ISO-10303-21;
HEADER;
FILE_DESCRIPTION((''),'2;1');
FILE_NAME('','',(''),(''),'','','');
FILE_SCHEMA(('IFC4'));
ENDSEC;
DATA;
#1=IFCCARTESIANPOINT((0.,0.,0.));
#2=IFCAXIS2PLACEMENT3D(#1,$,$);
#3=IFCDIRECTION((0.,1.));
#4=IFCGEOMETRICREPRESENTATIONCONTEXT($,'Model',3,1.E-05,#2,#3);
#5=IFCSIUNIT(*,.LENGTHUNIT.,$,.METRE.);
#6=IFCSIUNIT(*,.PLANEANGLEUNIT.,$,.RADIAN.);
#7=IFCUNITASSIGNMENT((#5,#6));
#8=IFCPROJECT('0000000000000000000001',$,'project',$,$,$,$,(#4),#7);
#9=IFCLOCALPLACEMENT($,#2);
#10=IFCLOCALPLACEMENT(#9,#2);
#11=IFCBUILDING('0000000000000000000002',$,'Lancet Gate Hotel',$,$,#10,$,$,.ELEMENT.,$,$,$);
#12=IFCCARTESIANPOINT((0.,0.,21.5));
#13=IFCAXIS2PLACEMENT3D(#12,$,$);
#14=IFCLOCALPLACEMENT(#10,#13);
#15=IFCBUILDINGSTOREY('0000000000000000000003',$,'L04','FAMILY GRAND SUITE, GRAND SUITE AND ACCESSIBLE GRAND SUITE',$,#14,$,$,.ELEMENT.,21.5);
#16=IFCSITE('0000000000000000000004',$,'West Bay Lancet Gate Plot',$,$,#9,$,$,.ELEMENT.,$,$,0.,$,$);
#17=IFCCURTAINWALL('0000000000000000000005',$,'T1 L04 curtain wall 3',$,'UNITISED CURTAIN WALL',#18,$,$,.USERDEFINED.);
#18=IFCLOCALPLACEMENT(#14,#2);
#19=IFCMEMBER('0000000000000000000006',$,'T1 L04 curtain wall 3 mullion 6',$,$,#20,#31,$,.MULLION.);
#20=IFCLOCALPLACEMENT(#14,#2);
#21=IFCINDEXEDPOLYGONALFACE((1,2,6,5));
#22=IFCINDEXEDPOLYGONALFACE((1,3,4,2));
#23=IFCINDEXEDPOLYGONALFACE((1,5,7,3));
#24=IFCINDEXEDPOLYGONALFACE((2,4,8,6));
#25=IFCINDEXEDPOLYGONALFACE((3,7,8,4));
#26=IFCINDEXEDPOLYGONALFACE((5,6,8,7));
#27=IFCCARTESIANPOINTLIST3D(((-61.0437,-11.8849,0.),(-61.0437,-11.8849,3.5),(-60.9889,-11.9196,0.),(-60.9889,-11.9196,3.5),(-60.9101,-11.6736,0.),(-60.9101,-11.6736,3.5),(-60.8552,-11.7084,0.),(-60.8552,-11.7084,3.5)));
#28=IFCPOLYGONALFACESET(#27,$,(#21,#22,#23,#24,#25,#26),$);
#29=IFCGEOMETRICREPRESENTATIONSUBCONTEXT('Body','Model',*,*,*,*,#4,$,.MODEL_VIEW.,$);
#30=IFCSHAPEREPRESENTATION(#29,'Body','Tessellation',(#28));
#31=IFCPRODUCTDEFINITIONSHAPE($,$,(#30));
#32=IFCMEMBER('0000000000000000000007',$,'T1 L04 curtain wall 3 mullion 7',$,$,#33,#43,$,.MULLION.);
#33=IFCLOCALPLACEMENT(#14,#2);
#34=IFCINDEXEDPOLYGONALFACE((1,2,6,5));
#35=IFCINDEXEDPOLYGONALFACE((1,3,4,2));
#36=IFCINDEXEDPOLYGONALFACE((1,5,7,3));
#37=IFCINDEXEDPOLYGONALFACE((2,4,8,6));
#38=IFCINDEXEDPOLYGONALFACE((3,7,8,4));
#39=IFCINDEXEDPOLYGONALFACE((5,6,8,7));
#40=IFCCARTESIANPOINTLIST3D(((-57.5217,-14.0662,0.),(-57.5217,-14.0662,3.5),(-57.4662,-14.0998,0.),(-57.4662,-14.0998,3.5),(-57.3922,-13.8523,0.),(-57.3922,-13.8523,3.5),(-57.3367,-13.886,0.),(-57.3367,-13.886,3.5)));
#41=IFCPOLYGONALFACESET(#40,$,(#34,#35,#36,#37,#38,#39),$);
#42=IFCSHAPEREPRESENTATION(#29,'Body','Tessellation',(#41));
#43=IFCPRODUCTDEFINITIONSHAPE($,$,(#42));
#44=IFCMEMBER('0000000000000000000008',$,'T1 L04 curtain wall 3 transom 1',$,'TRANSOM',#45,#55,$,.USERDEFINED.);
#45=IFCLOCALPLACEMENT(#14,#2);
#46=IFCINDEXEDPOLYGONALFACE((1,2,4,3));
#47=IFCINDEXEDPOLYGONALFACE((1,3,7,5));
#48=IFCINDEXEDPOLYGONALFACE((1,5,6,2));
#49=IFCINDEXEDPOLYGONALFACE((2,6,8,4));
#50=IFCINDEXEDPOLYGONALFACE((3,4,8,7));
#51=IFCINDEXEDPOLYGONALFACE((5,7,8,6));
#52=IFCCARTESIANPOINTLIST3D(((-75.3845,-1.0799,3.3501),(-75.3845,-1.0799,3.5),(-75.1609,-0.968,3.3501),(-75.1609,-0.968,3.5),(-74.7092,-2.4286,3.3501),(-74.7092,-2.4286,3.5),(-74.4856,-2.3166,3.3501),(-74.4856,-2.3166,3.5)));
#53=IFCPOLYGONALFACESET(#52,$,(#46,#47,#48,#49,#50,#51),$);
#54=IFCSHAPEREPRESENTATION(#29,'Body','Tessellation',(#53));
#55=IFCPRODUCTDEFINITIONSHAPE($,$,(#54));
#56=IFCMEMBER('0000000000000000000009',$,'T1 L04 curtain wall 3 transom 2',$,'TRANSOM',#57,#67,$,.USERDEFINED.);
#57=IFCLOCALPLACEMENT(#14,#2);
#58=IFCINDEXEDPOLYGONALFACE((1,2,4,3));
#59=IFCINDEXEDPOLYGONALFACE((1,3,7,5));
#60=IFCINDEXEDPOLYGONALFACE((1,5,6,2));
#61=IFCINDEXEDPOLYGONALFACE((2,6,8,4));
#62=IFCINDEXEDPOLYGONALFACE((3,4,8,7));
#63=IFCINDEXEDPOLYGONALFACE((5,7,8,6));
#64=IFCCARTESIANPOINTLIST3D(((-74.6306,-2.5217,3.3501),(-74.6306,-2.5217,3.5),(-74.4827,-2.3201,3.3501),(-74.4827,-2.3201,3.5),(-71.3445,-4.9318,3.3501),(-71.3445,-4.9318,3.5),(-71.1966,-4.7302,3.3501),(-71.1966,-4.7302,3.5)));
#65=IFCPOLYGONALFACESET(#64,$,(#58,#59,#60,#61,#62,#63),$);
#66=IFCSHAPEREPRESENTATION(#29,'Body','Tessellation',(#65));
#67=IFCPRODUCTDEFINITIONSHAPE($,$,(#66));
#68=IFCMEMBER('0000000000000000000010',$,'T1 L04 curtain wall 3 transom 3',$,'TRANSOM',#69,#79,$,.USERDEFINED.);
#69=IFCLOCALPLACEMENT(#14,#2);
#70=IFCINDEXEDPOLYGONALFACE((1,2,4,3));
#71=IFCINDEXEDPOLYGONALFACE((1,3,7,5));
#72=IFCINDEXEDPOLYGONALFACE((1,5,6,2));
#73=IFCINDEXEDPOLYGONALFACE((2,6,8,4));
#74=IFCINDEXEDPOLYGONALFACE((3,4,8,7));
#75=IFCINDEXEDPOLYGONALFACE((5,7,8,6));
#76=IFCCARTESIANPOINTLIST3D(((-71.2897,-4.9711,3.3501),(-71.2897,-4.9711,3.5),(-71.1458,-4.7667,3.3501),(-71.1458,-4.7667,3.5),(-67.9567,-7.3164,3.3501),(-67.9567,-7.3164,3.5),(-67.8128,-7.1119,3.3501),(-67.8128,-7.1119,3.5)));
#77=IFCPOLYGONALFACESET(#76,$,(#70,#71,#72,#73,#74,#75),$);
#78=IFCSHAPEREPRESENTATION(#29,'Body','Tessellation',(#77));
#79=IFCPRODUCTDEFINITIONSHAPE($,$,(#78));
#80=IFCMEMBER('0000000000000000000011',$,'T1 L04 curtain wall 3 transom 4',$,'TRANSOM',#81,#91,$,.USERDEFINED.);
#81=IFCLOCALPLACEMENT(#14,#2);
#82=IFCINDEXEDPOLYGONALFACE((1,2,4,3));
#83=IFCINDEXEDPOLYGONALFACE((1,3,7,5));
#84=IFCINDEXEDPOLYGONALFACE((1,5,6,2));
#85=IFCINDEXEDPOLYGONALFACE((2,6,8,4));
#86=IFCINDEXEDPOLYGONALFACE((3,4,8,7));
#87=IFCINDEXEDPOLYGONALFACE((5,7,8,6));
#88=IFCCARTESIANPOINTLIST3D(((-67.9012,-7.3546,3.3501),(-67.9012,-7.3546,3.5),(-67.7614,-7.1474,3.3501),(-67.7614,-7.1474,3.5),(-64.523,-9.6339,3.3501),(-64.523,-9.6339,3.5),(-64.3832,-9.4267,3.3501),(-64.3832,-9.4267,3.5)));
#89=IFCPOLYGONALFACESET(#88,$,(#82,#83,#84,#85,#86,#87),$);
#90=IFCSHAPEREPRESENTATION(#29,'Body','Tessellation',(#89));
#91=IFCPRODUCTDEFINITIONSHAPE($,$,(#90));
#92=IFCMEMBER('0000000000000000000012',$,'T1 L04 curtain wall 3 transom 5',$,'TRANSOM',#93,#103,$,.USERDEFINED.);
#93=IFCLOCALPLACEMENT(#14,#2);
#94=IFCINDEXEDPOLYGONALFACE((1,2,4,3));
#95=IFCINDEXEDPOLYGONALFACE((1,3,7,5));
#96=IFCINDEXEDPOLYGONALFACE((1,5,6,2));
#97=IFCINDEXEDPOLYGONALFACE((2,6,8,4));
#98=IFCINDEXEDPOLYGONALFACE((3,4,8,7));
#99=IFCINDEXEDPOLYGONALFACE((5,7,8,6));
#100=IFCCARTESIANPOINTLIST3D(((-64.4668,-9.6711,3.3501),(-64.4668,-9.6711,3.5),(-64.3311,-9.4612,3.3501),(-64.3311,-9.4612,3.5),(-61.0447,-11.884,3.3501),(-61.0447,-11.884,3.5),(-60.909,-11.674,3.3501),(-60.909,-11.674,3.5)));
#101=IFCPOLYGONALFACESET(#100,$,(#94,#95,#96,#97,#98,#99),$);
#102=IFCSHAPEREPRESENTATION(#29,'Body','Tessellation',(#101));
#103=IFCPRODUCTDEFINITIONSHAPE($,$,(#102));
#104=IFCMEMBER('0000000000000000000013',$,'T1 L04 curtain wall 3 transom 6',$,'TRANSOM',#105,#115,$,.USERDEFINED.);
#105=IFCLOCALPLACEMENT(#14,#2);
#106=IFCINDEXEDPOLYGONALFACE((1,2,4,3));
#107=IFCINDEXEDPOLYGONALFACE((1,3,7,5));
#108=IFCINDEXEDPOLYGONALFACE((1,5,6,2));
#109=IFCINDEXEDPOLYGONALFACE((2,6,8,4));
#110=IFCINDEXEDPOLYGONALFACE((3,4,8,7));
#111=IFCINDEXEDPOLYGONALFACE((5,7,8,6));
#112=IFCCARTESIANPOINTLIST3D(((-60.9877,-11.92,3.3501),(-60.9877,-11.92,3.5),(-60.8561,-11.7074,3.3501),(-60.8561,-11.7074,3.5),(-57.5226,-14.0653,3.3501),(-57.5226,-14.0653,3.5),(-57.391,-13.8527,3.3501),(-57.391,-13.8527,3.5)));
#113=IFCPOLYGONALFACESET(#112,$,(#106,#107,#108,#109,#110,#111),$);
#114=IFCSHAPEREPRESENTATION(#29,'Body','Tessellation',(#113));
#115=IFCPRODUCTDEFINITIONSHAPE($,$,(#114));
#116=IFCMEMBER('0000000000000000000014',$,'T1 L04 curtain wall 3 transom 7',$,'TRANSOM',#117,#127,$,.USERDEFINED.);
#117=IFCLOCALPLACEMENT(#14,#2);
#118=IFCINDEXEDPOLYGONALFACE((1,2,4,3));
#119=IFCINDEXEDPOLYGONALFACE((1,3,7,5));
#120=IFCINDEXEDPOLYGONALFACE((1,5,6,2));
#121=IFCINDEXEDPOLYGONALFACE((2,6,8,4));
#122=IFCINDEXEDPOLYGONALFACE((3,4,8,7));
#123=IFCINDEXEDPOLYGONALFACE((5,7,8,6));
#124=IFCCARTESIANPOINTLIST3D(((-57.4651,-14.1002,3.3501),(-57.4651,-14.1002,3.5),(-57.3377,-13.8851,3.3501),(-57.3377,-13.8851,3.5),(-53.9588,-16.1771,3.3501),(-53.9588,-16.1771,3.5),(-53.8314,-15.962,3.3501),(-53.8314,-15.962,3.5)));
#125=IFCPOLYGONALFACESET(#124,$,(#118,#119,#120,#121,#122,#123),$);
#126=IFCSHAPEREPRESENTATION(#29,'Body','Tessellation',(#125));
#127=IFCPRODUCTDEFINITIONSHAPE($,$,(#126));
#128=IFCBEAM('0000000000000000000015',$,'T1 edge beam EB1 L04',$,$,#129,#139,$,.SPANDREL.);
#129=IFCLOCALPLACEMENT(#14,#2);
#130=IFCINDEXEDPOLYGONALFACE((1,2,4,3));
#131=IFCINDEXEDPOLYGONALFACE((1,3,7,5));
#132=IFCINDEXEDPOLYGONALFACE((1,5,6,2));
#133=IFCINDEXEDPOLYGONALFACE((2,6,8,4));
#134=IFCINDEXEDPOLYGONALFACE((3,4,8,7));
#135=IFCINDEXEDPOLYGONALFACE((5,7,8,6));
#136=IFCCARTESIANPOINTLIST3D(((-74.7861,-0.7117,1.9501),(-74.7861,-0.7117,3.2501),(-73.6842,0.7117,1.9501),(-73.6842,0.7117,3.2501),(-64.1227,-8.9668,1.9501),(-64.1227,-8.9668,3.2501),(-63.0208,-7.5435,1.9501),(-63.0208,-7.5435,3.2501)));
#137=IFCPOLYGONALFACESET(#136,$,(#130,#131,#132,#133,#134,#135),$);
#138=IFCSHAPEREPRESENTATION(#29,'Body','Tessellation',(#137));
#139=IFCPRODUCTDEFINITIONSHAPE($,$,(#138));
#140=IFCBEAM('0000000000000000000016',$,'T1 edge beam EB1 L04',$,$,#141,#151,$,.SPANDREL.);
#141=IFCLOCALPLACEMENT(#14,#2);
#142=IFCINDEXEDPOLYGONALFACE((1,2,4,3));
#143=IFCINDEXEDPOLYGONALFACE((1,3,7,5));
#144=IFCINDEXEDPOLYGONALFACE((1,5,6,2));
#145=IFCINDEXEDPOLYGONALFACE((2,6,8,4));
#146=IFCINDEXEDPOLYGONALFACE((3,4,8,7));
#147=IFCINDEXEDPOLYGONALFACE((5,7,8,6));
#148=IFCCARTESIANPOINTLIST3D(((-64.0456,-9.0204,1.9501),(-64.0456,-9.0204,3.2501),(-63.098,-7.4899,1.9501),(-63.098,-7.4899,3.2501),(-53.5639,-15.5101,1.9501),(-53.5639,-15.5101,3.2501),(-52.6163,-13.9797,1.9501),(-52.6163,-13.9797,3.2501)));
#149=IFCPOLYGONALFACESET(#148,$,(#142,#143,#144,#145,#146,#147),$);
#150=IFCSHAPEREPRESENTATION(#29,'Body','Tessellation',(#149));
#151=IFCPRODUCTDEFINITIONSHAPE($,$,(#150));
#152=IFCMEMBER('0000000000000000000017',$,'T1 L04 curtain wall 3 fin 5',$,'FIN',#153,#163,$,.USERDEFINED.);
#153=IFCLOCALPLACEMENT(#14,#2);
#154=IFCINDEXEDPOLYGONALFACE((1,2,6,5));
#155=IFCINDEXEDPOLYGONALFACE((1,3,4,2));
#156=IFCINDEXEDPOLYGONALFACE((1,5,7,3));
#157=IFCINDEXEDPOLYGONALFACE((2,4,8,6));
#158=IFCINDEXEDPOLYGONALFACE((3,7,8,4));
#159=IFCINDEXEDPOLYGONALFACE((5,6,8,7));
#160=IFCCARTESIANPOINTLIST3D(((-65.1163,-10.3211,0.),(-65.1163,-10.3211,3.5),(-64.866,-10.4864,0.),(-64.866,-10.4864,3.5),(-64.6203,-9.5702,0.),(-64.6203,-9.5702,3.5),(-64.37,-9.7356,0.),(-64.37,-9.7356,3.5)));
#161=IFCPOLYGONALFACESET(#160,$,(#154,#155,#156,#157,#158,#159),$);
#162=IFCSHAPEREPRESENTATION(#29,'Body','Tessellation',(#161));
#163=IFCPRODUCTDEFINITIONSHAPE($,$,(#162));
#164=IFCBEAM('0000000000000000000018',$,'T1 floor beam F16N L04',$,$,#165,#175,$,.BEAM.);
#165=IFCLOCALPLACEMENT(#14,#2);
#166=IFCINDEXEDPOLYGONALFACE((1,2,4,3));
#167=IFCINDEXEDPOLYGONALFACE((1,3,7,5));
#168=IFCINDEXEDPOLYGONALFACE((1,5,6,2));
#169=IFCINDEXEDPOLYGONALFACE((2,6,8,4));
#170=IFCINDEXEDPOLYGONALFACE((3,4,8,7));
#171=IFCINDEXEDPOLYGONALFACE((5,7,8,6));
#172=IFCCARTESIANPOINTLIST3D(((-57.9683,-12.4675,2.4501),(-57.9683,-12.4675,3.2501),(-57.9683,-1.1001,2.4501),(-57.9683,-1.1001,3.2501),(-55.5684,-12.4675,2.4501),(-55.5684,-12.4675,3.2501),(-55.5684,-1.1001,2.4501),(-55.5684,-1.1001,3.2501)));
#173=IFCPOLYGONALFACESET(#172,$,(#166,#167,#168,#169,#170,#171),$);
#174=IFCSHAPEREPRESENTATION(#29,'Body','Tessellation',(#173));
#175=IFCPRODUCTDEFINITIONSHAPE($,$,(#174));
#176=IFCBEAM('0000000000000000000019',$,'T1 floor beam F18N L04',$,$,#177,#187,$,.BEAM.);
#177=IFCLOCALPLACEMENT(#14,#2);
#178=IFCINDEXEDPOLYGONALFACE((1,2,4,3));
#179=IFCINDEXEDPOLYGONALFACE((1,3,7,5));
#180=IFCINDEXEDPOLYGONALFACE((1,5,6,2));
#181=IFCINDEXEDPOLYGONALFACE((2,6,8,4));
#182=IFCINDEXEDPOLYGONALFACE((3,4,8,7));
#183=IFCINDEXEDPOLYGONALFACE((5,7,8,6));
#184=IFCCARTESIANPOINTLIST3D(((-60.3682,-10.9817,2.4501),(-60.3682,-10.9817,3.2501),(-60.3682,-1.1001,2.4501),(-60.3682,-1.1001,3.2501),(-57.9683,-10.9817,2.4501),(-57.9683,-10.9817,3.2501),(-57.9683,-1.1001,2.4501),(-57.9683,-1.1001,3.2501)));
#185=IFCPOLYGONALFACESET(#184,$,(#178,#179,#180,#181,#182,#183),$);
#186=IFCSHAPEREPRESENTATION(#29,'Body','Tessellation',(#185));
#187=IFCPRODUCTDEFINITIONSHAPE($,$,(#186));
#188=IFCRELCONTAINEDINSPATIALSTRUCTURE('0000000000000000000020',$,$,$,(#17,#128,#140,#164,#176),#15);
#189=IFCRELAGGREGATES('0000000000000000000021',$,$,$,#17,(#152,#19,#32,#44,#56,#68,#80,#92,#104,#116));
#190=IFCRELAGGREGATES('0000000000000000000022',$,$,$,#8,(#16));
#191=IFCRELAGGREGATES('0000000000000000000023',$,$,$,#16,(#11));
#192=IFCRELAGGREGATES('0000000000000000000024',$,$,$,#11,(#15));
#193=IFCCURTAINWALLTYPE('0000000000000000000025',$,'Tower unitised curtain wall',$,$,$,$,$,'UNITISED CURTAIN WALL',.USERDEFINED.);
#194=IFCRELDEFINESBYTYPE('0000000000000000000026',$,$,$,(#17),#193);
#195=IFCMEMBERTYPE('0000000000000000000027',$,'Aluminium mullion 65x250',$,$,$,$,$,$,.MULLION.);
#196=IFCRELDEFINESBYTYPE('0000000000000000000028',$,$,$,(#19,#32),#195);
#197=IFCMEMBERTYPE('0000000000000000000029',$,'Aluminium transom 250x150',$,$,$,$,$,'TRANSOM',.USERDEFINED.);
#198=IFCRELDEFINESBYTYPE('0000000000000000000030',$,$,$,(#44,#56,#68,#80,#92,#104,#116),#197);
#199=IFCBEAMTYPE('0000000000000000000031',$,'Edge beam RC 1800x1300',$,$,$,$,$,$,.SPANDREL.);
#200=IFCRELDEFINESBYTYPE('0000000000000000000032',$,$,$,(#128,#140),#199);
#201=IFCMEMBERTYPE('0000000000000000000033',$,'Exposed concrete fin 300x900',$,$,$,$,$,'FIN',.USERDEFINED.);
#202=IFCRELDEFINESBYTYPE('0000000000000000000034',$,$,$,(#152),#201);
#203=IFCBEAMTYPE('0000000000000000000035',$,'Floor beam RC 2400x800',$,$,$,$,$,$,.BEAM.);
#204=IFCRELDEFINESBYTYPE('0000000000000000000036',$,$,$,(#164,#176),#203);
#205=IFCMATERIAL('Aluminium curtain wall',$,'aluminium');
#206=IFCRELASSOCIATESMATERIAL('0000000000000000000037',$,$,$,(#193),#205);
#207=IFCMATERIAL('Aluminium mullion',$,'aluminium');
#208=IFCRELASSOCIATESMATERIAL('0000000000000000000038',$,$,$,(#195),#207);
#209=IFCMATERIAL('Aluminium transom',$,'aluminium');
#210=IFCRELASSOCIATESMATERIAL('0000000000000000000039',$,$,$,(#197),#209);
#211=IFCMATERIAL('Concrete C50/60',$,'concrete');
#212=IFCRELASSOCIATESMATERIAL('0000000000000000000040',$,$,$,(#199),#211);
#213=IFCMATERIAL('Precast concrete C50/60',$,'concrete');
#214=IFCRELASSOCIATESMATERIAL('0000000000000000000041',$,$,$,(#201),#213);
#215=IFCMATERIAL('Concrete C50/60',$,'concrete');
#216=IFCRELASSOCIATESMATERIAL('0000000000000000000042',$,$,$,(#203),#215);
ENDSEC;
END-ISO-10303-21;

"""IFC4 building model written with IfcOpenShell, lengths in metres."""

from ifc_helpers import new_model, si_unit, direction, frame, origin, origin_2d, place, context, subcontext, project, spatial, rectangle, extrude, material, material_profile, profile_set, type_object, element, aggregate, save


model = new_model("IFC4")

# Units and contexts
model_context = context("Model", 3, precision=1e-05, world=origin(), true_north=direction((0.0, 1.0)))
body_context = subcontext(model_context, "Body", "Model", "MODEL_VIEW")
ifc_project = project(units=[si_unit("LENGTHUNIT", "METRE"), si_unit("PLANEANGLEUNIT", "RADIAN")], contexts=[model_context])

# Site, building, storey
site_placement = place(None, origin())
site = spatial("IfcSite", under=ifc_project, at=site_placement, Name="West Bay Lancet Gate Plot", CompositionType="ELEMENT", RefElevation=0.0)
building_placement = place(site_placement, origin())
building = spatial("IfcBuilding", under=site, at=building_placement, Name="Lancet Gate Hotel", CompositionType="ELEMENT")
storey_placement = place(building_placement, frame((0.0, 0.0, 21.5)))
storey = spatial("IfcBuildingStorey", under=building, at=storey_placement, Name="L04", Description="FAMILY GRAND SUITE, GRAND SUITE AND ACCESSIBLE GRAND SUITE", CompositionType="ELEMENT", Elevation=21.5)

# Curtain wall, members
ifc_material_1 = material(Name="Aluminium curtain wall", Category="aluminium")
curtain_wall_type = type_object("IfcCurtainWallType", Name="Tower unitised curtain wall", ElementType="UNITISED CURTAIN WALL", PredefinedType="USERDEFINED", material=ifc_material_1)
curtain_wall_placement = place(storey_placement, origin())
curtain_wall = element("IfcCurtainWall", 1, at=curtain_wall_placement, inside=storey, type_object=curtain_wall_type, Name="T1 L04 curtain wall 3", ObjectType="UNITISED CURTAIN WALL", PredefinedType="USERDEFINED")
ifc_material_2 = material(Name="Aluminium mullion", Category="aluminium")
ifc_material_profile_1 = material_profile(ifc_material_2, rectangle(XDim=0.0649, YDim=0.25, at=origin_2d()), Name="MULLION 65x250")
ifc_profile_set_1 = profile_set([ifc_material_profile_1], Name="Aluminium mullion")
member_type_1 = type_object("IfcMemberType", Name="Aluminium mullion 65x250", PredefinedType="MULLION", material=ifc_profile_set_1)
member_1_placement = place(storey_placement, frame((-60.9495, -11.7966, 0.0), z_axis=(0.0, 0.0, 1.0), x_axis=(0.845029, -0.53472, 0.0)))
member_1 = element("IfcMember", 2, at=member_1_placement, type_object=member_type_1, Name="T1 L04 curtain wall 3 mullion 6", PredefinedType="MULLION", context=body_context, shape_type="SweptSolid", body=[
    extrude(rectangle(XDim=0.0649, YDim=0.25, at=origin_2d()), origin(), (0.0, 0.0, 1.0), 3.5),
])
member_2_placement = place(storey_placement, frame((-57.4292, -13.9761, 0.0), z_axis=(0.0, 0.0, 1.0), x_axis=(0.855346, -0.518057, 0.0)))
member_2 = element("IfcMember", 3, at=member_2_placement, type_object=member_type_1, Name="T1 L04 curtain wall 3 mullion 7", PredefinedType="MULLION", context=body_context, shape_type="SweptSolid", body=[
    extrude(rectangle(XDim=0.0649, YDim=0.25, at=origin_2d()), origin(), (0.0, 0.0, 1.0), 3.5),
])
ifc_material_3 = material(Name="Aluminium transom", Category="aluminium")
ifc_material_profile_2 = material_profile(ifc_material_3, rectangle(XDim=0.25, YDim=0.1499, at=origin_2d()), Name="TRANSOM 250x150")
ifc_profile_set_2 = profile_set([ifc_material_profile_2], Name="Aluminium transom")
member_type_2 = type_object("IfcMemberType", Name="Aluminium transom 250x150", ElementType="TRANSOM", PredefinedType="USERDEFINED", material=ifc_profile_set_2)
member_3_placement = place(storey_placement, frame((-75.2727, -1.0239, 3.425), z_axis=(0.447732, -0.894168, 0.0), x_axis=(0.894168, 0.447732, 0.0)))
member_3 = element("IfcMember", 4, at=member_3_placement, type_object=member_type_2, Name="T1 L04 curtain wall 3 transom 1", ObjectType="TRANSOM", PredefinedType="USERDEFINED", context=body_context, shape_type="SweptSolid", body=[
    extrude(rectangle(XDim=0.25, YDim=0.1499, at=origin_2d()), origin(), (0.0, 0.0, 1.0), 1.5083),
])
member_4_placement = place(storey_placement, frame((-74.5566, -2.4209, 3.425), z_axis=(0.806367, -0.591416, 0.0), x_axis=(0.591416, 0.806367, 0.0)))
member_4 = element("IfcMember", 5, at=member_4_placement, type_object=member_type_2, Name="T1 L04 curtain wall 3 transom 2", ObjectType="TRANSOM", PredefinedType="USERDEFINED", context=body_context, shape_type="SweptSolid", body=[
    extrude(rectangle(XDim=0.25, YDim=0.1499, at=origin_2d()), origin(), (0.0, 0.0, 1.0), 4.0752),
])
member_5_placement = place(storey_placement, frame((-71.2178, -4.8689, 3.425), z_axis=(0.817834, -0.575455, 0.0), x_axis=(0.575455, 0.817834, 0.0)))
member_5 = element("IfcMember", 6, at=member_5_placement, type_object=member_type_2, Name="T1 L04 curtain wall 3 transom 3", ObjectType="TRANSOM", PredefinedType="USERDEFINED", context=body_context, shape_type="SweptSolid", body=[
    extrude(rectangle(XDim=0.25, YDim=0.1499, at=origin_2d()), origin(), (0.0, 0.0, 1.0), 4.0754),
])
member_6_placement = place(storey_placement, frame((-67.8313, -7.251, 3.425), z_axis=(0.828959, -0.559309, 0.0), x_axis=(0.559309, 0.828959, 0.0)))
member_6 = element("IfcMember", 7, at=member_6_placement, type_object=member_type_2, Name="T1 L04 curtain wall 3 transom 4", ObjectType="TRANSOM", PredefinedType="USERDEFINED", context=body_context, shape_type="SweptSolid", body=[
    extrude(rectangle(XDim=0.25, YDim=0.1499, at=origin_2d()), origin(), (0.0, 0.0, 1.0), 4.0752),
])
member_7_placement = place(storey_placement, frame((-64.3989, -9.5662, 3.425), z_axis=(0.839729, -0.543005, 0.0), x_axis=(0.543005, 0.839729, 0.0)))
member_7 = element("IfcMember", 8, at=member_7_placement, type_object=member_type_2, Name="T1 L04 curtain wall 3 transom 5", ObjectType="TRANSOM", PredefinedType="USERDEFINED", context=body_context, shape_type="SweptSolid", body=[
    extrude(rectangle(XDim=0.25, YDim=0.1499, at=origin_2d()), origin(), (0.0, 0.0, 1.0), 4.0752),
])
member_8_placement = place(storey_placement, frame((-60.9219, -11.8137, 3.425), z_axis=(0.850242, -0.526392, 0.0), x_axis=(0.526392, 0.850242, 0.0)))
member_8 = element("IfcMember", 9, at=member_8_placement, type_object=member_type_2, Name="T1 L04 curtain wall 3 transom 6", ObjectType="TRANSOM", PredefinedType="USERDEFINED", context=body_context, shape_type="SweptSolid", body=[
    extrude(rectangle(XDim=0.25, YDim=0.1499, at=origin_2d()), origin(), (0.0, 0.0, 1.0), 4.0754),
])
member_9_placement = place(storey_placement, frame((-57.4014, -13.9927, 3.425), z_axis=(0.860392, -0.509633, 0.0), x_axis=(0.509633, 0.860392, 0.0)))
member_9 = element("IfcMember", 10, at=member_9_placement, type_object=member_type_2, Name="T1 L04 curtain wall 3 transom 7", ObjectType="TRANSOM", PredefinedType="USERDEFINED", context=body_context, shape_type="SweptSolid", body=[
    extrude(rectangle(XDim=0.25, YDim=0.1499, at=origin_2d()), origin(), (0.0, 0.0, 1.0), 4.0752),
])

# Beams
ifc_material_4 = material(Name="Concrete C50/60", Category="concrete")
ifc_material_profile_3 = material_profile(ifc_material_4, rectangle(XDim=1.8, YDim=1.3, at=origin_2d()), Name="RC 1800x1300")
ifc_profile_set_3 = profile_set([ifc_material_profile_3], Name="Concrete C50/60")
beam_type_1 = type_object("IfcBeamType", Name="Edge beam RC 1800x1300", PredefinedType="SPANDREL", material=ifc_profile_set_3)
beam_1_placement = place(storey_placement, frame((-74.2351, 0.0, 2.6001), z_axis=(0.790736, -0.612157, 0.0), x_axis=(0.612157, 0.790736, 0.0)))
element("IfcBeam", 11, at=beam_1_placement, inside=storey, type_object=beam_type_1, Name="T1 edge beam EB1 L04", PredefinedType="SPANDREL", context=body_context, shape_type="SweptSolid", body=[
    extrude(rectangle(XDim=1.8, YDim=1.3, at=origin_2d()), origin(), (0.0, 0.0, 1.0), 13.4854),
])
beam_2_placement = place(storey_placement, frame((-63.5718, -8.2551, 2.6001), z_axis=(0.850226, -0.526418, 0.0), x_axis=(0.526418, 0.850226, 0.0)))
element("IfcBeam", 12, at=beam_2_placement, inside=storey, type_object=beam_type_1, Name="T1 edge beam EB1 L04", PredefinedType="SPANDREL", context=body_context, shape_type="SweptSolid", body=[
    extrude(rectangle(XDim=1.8, YDim=1.3, at=origin_2d()), origin(), (0.0, 0.0, 1.0), 12.3281),
])

# Member
ifc_material_5 = material(Name="Precast concrete C50/60", Category="concrete")
ifc_material_profile_4 = material_profile(ifc_material_5, rectangle(XDim=0.3, YDim=0.8999, at=origin_2d()), Name="FIN 300x900")
ifc_profile_set_4 = profile_set([ifc_material_profile_4], Name="Precast concrete C50/60")
member_type_3 = type_object("IfcMemberType", Name="Exposed concrete fin 300x900", ElementType="FIN", PredefinedType="USERDEFINED", material=ifc_profile_set_4)
member_10_placement = place(storey_placement, frame((-64.7432, -10.0283, 0.0), z_axis=(0.0, 0.0, 1.0), x_axis=(0.834387, -0.551178, 0.0)))
member_10 = element("IfcMember", 13, at=member_10_placement, type_object=member_type_3, Name="T1 L04 curtain wall 3 fin 5", ObjectType="FIN", PredefinedType="USERDEFINED", context=body_context, shape_type="SweptSolid", body=[
    extrude(rectangle(XDim=0.3, YDim=0.8999, at=origin_2d()), origin(), (0.0, 0.0, 1.0), 3.5),
])

# Beams
ifc_material_6 = material(Name="Concrete C50/60", Category="concrete")
ifc_material_profile_5 = material_profile(ifc_material_6, rectangle(XDim=2.3999, YDim=0.8, at=origin_2d()), Name="RC 2400x800")
ifc_profile_set_5 = profile_set([ifc_material_profile_5], Name="Concrete C50/60")
beam_type_2 = type_object("IfcBeamType", Name="Floor beam RC 2400x800", PredefinedType="BEAM", material=ifc_profile_set_5)
beam_3_placement = place(storey_placement, frame((-56.7683, -1.1001, 2.8501), z_axis=(0.0, -1.0, 0.0), x_axis=(1.0, 0.0, 0.0)))
element("IfcBeam", 14, at=beam_3_placement, inside=storey, type_object=beam_type_2, Name="T1 floor beam F16N L04", PredefinedType="BEAM", context=body_context, shape_type="SweptSolid", body=[
    extrude(rectangle(XDim=2.3999, YDim=0.8, at=origin_2d()), origin(), (0.0, 0.0, 1.0), 11.3674),
])
beam_4_placement = place(storey_placement, frame((-59.1682, -1.1001, 2.8501), z_axis=(0.0, -1.0, 0.0), x_axis=(1.0, 0.0, 0.0)))
element("IfcBeam", 15, at=beam_4_placement, inside=storey, type_object=beam_type_2, Name="T1 floor beam F18N L04", PredefinedType="BEAM", context=body_context, shape_type="SweptSolid", body=[
    extrude(rectangle(XDim=2.3999, YDim=0.8, at=origin_2d()), origin(), (0.0, 0.0, 1.0), 9.8816),
])

aggregate(curtain_wall, [member_10, member_1, member_2, member_3, member_4, member_5, member_6, member_7, member_8, member_9])

save(model, "model.ifc")
